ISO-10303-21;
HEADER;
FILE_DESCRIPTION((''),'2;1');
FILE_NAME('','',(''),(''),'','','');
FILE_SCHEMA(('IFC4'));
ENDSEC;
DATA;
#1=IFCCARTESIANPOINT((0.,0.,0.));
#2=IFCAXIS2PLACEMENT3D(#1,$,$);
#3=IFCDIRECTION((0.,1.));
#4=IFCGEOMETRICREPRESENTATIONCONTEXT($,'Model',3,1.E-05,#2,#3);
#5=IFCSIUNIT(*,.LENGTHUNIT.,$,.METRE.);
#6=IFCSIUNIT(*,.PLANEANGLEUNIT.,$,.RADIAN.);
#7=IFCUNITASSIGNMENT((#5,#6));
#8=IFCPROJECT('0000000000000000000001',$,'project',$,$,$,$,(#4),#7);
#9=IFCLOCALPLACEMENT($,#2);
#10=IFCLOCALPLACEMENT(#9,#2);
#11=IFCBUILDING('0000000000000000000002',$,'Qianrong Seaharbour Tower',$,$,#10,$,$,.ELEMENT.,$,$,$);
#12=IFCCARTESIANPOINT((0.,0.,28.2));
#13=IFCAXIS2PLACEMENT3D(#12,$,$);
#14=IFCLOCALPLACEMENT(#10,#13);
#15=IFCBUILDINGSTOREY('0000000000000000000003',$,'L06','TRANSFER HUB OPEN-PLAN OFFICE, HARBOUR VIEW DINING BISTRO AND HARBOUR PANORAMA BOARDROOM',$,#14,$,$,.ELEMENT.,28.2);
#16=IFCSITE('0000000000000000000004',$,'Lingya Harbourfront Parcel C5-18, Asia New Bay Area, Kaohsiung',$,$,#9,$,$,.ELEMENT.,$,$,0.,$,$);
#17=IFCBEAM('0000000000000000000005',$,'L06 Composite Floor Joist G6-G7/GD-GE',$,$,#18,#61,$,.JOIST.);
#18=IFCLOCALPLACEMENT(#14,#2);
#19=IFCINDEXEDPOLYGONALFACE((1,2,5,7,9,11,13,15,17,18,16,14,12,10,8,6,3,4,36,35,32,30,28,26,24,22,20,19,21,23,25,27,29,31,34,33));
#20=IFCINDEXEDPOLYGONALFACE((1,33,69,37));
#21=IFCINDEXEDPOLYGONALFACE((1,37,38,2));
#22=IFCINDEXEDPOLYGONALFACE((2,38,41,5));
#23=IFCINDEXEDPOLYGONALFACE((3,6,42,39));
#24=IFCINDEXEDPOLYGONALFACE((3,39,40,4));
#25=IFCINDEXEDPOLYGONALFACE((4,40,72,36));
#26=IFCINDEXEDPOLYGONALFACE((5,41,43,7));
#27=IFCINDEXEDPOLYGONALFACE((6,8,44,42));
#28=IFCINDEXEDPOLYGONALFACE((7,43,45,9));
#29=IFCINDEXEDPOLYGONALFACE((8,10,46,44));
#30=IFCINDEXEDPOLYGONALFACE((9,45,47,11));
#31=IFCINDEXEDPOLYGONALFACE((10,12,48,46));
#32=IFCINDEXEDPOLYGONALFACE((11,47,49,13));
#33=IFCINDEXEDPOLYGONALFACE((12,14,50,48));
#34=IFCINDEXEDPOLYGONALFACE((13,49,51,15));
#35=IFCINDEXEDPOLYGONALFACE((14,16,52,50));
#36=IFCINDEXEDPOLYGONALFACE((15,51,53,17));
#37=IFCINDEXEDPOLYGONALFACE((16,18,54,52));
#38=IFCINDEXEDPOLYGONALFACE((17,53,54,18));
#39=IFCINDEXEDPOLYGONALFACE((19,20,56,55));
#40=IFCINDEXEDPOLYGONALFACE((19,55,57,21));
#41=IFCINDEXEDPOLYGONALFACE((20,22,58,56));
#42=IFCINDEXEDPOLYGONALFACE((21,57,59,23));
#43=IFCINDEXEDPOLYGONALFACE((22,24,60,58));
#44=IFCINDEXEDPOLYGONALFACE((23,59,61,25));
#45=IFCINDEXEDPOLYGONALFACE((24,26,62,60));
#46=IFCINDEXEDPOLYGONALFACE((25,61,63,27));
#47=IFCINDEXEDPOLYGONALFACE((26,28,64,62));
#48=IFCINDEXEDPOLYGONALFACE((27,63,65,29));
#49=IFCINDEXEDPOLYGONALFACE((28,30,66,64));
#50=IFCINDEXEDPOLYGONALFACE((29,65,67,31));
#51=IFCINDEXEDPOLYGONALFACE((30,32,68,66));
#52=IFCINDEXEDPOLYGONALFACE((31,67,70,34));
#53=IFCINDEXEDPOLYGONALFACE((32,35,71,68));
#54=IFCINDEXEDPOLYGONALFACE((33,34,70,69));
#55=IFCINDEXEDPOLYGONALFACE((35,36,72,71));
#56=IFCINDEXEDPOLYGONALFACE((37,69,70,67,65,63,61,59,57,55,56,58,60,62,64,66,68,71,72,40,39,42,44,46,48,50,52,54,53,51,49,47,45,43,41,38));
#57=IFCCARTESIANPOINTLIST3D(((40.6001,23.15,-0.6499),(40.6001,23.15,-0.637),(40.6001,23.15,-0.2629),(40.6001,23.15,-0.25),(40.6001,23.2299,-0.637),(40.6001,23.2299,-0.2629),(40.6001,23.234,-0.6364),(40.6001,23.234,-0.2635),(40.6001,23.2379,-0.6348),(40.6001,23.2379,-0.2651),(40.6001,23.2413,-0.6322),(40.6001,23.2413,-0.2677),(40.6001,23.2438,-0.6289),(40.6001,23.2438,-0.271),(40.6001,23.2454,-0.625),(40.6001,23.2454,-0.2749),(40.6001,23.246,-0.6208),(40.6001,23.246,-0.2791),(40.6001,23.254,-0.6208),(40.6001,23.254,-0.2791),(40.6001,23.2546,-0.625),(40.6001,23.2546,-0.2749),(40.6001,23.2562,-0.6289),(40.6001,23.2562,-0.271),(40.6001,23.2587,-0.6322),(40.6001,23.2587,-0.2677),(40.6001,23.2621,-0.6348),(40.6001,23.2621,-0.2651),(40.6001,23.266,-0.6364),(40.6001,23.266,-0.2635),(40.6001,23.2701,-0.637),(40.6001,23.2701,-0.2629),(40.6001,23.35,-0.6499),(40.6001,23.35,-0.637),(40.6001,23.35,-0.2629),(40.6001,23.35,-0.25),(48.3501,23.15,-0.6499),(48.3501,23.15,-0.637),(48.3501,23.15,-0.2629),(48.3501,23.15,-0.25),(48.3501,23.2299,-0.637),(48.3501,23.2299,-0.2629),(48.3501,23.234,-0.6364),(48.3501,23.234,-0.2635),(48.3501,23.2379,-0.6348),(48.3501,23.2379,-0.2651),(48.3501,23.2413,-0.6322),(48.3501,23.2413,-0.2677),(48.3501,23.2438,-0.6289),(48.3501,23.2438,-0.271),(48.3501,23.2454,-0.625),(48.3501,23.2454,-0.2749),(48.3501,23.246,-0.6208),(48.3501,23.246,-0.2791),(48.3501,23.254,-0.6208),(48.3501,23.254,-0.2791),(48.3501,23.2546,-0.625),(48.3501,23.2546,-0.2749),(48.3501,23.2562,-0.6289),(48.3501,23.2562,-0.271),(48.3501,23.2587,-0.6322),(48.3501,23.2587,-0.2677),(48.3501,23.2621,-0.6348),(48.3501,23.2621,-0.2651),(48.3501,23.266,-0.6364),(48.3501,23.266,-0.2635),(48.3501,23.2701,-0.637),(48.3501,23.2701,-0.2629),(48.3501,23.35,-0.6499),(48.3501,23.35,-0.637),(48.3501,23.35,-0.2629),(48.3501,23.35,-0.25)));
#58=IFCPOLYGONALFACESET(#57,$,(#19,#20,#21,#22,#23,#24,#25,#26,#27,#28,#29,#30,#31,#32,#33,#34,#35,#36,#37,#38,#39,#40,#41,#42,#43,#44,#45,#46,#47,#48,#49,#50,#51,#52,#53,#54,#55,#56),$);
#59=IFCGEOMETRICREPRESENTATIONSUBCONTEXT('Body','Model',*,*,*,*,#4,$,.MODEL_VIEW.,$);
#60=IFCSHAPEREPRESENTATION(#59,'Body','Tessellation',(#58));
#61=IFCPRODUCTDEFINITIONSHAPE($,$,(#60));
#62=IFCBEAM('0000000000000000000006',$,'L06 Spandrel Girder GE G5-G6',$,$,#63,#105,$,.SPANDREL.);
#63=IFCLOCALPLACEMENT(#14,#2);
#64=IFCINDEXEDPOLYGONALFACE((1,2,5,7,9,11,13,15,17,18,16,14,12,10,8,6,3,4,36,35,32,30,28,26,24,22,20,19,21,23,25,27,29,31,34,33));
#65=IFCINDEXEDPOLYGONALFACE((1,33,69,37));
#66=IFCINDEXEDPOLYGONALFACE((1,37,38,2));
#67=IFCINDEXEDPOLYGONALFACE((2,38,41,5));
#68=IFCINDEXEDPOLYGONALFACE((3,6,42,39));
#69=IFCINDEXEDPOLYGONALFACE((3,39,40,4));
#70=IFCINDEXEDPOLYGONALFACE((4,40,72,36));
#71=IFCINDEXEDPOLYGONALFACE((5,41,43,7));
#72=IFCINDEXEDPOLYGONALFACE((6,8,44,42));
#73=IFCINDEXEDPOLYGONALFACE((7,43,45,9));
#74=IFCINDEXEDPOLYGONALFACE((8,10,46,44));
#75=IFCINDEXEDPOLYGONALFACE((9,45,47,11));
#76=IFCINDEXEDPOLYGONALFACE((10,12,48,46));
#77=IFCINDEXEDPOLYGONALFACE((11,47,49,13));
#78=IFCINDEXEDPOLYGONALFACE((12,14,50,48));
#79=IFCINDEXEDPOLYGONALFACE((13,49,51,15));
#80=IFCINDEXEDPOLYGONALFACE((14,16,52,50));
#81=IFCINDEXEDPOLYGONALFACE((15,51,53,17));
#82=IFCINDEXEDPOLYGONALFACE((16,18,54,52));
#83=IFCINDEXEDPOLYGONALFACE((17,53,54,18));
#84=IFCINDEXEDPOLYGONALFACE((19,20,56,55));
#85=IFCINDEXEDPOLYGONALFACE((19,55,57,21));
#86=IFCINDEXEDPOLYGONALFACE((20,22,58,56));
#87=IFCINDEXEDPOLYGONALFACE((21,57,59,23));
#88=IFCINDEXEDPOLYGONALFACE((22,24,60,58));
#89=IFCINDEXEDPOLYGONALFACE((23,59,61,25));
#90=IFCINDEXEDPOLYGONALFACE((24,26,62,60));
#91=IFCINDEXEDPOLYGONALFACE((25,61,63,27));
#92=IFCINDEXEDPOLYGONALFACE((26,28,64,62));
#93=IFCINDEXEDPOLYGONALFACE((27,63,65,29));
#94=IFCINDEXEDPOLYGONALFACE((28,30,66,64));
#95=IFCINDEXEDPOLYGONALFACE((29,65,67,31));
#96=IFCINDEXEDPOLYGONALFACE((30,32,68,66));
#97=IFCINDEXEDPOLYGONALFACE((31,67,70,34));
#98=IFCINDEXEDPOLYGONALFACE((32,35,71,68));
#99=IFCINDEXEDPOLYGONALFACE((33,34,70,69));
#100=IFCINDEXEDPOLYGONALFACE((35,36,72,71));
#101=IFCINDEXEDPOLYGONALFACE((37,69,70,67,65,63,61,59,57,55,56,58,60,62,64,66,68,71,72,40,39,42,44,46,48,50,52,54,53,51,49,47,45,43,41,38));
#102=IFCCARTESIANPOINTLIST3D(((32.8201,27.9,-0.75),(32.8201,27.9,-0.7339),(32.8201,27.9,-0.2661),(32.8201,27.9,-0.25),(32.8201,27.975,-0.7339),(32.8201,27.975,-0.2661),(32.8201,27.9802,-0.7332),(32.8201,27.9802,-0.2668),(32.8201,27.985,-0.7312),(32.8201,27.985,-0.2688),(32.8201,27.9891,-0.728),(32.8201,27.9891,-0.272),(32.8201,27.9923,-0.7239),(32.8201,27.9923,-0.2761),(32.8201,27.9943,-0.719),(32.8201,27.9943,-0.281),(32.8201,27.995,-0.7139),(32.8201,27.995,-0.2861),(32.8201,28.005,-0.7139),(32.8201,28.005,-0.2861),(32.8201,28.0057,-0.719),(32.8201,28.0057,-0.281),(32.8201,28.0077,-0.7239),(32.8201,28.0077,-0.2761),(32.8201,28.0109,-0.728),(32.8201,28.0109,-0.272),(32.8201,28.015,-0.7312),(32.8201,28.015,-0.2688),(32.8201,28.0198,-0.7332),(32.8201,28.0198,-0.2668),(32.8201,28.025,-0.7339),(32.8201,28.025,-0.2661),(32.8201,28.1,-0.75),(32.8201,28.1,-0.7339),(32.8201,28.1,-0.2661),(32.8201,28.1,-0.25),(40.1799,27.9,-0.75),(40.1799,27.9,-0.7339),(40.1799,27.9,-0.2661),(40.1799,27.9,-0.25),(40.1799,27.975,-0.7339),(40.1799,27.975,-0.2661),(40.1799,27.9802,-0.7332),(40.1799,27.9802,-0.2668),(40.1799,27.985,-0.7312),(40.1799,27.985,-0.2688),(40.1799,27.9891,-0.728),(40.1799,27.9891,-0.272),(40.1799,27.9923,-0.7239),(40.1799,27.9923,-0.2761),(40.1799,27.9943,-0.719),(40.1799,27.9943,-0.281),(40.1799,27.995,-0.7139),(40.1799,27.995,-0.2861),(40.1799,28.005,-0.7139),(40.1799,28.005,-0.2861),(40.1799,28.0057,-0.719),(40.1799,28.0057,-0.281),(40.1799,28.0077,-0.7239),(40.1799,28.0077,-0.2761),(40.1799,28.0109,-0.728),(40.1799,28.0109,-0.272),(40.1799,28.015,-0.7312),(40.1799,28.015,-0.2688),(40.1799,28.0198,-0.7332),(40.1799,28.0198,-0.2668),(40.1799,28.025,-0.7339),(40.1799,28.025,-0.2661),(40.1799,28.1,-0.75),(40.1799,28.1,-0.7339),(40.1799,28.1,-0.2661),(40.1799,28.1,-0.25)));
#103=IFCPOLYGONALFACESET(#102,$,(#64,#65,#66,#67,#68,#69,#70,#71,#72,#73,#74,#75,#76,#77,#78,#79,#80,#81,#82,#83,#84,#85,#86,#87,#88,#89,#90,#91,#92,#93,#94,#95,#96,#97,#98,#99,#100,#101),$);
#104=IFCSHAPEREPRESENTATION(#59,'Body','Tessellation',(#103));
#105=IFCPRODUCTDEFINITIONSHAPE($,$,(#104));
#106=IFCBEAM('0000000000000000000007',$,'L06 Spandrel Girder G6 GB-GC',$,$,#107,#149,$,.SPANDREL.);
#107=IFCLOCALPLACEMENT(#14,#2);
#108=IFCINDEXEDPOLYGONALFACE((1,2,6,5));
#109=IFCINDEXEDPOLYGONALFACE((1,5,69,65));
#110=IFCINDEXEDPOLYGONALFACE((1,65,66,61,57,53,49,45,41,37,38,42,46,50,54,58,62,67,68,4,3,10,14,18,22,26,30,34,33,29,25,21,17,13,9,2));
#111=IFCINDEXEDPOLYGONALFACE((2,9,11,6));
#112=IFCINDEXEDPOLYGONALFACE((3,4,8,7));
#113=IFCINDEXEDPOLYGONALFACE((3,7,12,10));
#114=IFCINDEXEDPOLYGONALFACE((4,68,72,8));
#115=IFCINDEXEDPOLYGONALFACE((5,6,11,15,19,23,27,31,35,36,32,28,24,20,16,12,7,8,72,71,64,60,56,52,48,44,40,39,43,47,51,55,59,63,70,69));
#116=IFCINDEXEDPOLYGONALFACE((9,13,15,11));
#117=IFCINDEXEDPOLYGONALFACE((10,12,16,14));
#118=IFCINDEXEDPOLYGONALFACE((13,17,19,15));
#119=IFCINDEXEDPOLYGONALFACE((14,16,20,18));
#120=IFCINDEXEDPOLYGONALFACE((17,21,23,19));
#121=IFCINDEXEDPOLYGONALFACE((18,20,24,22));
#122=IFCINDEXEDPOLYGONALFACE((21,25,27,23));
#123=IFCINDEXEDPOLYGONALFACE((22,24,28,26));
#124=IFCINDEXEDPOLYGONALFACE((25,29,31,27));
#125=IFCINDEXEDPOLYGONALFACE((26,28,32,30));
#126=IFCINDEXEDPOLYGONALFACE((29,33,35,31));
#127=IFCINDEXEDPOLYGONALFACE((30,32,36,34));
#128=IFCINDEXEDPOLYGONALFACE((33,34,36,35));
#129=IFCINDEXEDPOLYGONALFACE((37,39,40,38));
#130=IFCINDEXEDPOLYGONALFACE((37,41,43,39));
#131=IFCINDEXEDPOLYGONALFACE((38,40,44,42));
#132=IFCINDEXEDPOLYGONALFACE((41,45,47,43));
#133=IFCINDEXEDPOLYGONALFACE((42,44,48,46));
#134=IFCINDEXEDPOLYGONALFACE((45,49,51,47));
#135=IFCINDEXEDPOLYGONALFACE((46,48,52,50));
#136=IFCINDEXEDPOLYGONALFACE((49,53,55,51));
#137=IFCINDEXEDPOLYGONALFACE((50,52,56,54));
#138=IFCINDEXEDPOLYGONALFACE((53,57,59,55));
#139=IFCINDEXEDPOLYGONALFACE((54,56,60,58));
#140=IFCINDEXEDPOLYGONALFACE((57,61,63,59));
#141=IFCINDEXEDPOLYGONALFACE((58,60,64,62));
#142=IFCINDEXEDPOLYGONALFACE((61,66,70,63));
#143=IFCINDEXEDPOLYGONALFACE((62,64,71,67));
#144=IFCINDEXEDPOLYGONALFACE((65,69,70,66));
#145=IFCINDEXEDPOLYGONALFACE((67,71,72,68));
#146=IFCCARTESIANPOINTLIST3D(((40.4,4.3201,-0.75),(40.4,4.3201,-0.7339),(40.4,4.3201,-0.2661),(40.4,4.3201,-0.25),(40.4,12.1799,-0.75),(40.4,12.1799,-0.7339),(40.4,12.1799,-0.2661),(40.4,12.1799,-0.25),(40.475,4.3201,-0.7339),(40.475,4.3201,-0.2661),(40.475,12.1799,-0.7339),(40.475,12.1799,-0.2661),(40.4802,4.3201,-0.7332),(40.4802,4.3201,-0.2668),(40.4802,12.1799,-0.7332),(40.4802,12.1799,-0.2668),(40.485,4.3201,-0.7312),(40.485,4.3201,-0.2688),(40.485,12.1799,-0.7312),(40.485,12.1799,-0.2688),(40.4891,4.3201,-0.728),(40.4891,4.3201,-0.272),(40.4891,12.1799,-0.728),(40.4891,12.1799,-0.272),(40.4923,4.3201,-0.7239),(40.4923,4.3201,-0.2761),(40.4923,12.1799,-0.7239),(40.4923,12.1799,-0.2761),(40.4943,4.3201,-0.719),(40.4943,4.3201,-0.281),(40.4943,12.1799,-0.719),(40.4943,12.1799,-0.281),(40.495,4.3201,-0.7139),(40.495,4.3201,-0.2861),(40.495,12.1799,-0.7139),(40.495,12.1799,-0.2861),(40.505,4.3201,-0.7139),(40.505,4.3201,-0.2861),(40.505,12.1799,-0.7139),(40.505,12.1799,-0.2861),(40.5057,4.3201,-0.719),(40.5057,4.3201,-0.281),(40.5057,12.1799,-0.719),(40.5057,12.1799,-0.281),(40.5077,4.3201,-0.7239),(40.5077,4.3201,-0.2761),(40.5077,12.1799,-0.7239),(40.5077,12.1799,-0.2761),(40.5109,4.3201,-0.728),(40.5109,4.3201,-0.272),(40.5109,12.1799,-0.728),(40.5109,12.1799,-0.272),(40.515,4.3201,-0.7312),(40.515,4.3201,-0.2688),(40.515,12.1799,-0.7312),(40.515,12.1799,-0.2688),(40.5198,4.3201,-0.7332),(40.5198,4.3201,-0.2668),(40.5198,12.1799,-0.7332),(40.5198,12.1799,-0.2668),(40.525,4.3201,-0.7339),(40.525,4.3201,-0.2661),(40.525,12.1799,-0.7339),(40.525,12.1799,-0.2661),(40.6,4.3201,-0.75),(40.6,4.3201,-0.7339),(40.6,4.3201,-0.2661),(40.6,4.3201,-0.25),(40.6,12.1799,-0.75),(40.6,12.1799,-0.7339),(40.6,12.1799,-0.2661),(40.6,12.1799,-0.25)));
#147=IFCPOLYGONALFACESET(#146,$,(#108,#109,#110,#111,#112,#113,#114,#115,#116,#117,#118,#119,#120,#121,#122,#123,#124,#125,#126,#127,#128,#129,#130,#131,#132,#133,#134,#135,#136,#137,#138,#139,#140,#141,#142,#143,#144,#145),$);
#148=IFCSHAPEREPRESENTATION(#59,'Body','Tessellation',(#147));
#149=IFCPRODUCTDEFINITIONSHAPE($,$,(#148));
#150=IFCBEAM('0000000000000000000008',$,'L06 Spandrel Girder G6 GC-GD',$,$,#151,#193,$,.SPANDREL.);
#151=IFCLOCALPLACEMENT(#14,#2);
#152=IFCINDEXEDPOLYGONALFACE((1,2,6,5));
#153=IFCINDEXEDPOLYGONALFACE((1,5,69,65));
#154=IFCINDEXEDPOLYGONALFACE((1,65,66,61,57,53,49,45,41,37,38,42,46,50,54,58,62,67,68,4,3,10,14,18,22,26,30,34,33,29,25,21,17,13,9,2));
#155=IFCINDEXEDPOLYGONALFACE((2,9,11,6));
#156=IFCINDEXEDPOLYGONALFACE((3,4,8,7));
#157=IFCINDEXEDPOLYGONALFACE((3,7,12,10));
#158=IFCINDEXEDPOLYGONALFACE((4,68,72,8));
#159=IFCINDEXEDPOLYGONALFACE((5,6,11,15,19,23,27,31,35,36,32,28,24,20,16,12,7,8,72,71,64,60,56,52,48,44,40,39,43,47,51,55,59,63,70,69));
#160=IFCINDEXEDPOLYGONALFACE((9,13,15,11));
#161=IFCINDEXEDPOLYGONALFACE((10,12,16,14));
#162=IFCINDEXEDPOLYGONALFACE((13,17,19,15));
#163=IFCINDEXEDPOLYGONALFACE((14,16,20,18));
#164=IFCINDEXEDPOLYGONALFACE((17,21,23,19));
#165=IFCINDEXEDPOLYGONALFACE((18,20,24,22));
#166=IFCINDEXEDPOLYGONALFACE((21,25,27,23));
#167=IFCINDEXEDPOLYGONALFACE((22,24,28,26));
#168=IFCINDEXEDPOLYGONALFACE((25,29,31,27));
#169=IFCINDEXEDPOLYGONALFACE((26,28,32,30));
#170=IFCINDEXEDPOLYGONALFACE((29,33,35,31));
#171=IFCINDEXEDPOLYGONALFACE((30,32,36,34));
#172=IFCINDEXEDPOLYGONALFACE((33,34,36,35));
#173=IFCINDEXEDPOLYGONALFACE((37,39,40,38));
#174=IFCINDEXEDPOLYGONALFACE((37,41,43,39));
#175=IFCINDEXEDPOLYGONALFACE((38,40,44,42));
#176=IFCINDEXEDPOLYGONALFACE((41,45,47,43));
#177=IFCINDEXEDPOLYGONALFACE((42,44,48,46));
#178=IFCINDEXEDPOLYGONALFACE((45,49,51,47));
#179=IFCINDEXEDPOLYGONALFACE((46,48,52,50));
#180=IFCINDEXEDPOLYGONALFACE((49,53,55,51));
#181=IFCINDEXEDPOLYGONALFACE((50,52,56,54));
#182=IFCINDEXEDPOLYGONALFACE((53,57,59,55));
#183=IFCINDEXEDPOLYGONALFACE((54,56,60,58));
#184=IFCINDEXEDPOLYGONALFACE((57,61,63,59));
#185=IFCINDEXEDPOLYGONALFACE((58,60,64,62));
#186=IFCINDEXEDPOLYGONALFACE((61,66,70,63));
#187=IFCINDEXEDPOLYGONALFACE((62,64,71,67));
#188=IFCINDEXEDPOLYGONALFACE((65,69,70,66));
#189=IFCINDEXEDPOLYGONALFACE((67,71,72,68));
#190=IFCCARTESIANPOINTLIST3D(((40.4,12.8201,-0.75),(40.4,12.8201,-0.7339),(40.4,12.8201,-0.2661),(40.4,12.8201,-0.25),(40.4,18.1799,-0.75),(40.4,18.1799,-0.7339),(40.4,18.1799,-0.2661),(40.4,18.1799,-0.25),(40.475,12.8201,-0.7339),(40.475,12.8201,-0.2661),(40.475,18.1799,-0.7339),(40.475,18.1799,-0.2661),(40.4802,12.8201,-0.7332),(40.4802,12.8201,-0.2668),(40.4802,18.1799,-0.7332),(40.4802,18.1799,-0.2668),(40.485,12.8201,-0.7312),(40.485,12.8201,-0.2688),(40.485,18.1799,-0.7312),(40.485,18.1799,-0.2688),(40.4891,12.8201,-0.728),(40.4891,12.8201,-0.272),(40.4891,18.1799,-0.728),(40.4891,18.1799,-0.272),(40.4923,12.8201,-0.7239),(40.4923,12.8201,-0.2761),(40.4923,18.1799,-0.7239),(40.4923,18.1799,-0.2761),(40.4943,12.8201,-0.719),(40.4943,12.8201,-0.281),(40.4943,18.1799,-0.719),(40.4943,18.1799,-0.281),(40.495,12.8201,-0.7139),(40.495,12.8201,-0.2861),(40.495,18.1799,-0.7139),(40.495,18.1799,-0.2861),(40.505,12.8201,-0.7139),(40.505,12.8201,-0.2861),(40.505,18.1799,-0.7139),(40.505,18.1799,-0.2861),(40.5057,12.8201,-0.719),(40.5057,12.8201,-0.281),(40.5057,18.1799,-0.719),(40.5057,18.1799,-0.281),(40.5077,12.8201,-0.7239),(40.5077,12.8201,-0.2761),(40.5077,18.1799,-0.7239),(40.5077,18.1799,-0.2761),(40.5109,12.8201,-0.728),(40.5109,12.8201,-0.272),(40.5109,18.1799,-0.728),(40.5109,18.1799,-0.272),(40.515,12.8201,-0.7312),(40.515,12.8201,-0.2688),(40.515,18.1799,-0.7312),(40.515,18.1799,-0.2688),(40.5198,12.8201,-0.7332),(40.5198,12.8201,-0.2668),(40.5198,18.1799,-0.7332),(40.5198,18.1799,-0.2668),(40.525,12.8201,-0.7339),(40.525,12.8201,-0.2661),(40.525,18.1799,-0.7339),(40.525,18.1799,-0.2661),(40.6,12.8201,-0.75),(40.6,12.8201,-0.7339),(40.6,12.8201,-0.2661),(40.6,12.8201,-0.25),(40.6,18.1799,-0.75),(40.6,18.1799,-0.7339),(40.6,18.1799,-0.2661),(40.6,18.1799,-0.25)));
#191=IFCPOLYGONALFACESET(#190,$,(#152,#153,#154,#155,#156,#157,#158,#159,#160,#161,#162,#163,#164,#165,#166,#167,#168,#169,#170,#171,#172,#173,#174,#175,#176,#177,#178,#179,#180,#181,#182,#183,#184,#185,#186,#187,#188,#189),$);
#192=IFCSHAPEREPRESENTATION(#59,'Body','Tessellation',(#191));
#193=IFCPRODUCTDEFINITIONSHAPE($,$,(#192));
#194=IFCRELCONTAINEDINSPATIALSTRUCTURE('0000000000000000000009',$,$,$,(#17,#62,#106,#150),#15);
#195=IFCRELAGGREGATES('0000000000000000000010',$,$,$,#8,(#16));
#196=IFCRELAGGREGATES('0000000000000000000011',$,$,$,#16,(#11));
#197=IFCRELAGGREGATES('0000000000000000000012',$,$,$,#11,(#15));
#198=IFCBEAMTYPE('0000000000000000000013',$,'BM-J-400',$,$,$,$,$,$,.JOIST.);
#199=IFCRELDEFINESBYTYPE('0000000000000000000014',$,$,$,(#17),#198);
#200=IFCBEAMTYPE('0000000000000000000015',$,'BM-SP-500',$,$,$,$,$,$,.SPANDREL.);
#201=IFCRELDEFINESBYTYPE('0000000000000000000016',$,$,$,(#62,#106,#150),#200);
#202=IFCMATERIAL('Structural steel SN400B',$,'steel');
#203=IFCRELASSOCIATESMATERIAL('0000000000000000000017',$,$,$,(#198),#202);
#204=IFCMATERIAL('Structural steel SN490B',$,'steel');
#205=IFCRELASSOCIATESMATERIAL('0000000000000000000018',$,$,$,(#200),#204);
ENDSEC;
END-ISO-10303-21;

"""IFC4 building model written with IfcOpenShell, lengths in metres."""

from ifc_helpers import new_model, si_unit, direction, frame, origin, origin_2d, place, context, subcontext, project, spatial, i_section, extrude, material, material_profile, profile_set, type_object, element, save


model = new_model("IFC4")

# Units and contexts
model_context = context("Model", 3, precision=1e-05, world=origin(), true_north=direction((0.0, 1.0)))
body_context = subcontext(model_context, "Body", "Model", "MODEL_VIEW")
ifc_project = project(units=[si_unit("LENGTHUNIT", "METRE"), si_unit("PLANEANGLEUNIT", "RADIAN")], contexts=[model_context])

# Site, building, storey
site_placement = place(None, origin())
site = spatial("IfcSite", under=ifc_project, at=site_placement, Name="Lingya Harbourfront Parcel C5-18, Asia New Bay Area, Kaohsiung", CompositionType="ELEMENT", RefElevation=0.0)
building_placement = place(site_placement, origin())
building = spatial("IfcBuilding", under=site, at=building_placement, Name="Qianrong Seaharbour Tower", CompositionType="ELEMENT")
storey_placement = place(building_placement, frame((0.0, 0.0, 28.2)))
storey = spatial("IfcBuildingStorey", under=building, at=storey_placement, Name="L06", Description="TRANSFER HUB OPEN-PLAN OFFICE, HARBOUR VIEW DINING BISTRO AND HARBOUR PANORAMA BOARDROOM", CompositionType="ELEMENT", Elevation=28.2)

# Shared definitions
ifc_material_1 = material(Name="Structural steel SN490B", Category="steel")

# Beams
ifc_material_2 = material(Name="Structural steel SN400B", Category="steel")
ifc_material_profile_1 = material_profile(ifc_material_2, i_section(OverallWidth=0.2, OverallDepth=0.3999, WebThickness=0.0081, FlangeThickness=0.0129, FilletRadius=0.0161, at=origin_2d()), Name="H400x200x8x13")
ifc_profile_set_1 = profile_set([ifc_material_profile_1], Name="Structural steel SN400B")
beam_type_1 = type_object("IfcBeamType", Name="BM-J-400", PredefinedType="JOIST", material=ifc_profile_set_1)
for number, where, z_axis, x_axis, name in (
    (1, (40.6001, 23.25, -0.45), (1.0, 0.0, 0.0), (0.0, 1.0, 0.0), "L06 Composite Floor Joist G6-G7/GD-GE"),
):
    element("IfcBeam", number, at=place(storey_placement, frame(where, z_axis=z_axis, x_axis=x_axis)), inside=storey, type_object=beam_type_1, Name=name, PredefinedType="JOIST", context=body_context, shape_type="SweptSolid", body=[
        extrude(i_section(OverallWidth=0.2, OverallDepth=0.3999, WebThickness=0.0081, FlangeThickness=0.0129, FilletRadius=0.0161, at=origin_2d()), origin(), (0.0, 0.0, 1.0), 7.75),
    ])
ifc_material_profile_2 = material_profile(ifc_material_1, i_section(OverallWidth=0.2, OverallDepth=0.5, WebThickness=0.01, FlangeThickness=0.0161, FilletRadius=0.02, at=origin_2d()), Name="H500x200x10x16")
ifc_profile_set_2 = profile_set([ifc_material_profile_2], Name="Structural steel SN490B")
beam_type_2 = type_object("IfcBeamType", Name="BM-SP-500", PredefinedType="SPANDREL", material=ifc_profile_set_2)
beam_1_placement = place(storey_placement, frame((32.8201, 28.0, -0.5), z_axis=(1.0, 0.0, 0.0), x_axis=(0.0, 1.0, 0.0)))
element("IfcBeam", 2, at=beam_1_placement, inside=storey, type_object=beam_type_2, Name="L06 Spandrel Girder GE G5-G6", PredefinedType="SPANDREL", context=body_context, shape_type="SweptSolid", body=[
    extrude(i_section(OverallWidth=0.2, OverallDepth=0.5, WebThickness=0.01, FlangeThickness=0.0161, FilletRadius=0.02, at=origin_2d()), origin(), (0.0, 0.0, 1.0), 7.3599),
])
beam_2_placement = place(storey_placement, frame((40.5, 4.3201, -0.5), z_axis=(0.0, 1.0, 0.0), x_axis=(-1.0, 0.0, 0.0)))
element("IfcBeam", 3, at=beam_2_placement, inside=storey, type_object=beam_type_2, Name="L06 Spandrel Girder G6 GB-GC", PredefinedType="SPANDREL", context=body_context, shape_type="SweptSolid", body=[
    extrude(i_section(OverallWidth=0.2, OverallDepth=0.5, WebThickness=0.01, FlangeThickness=0.0161, FilletRadius=0.02, at=origin_2d()), origin(), (0.0, 0.0, 1.0), 7.8599),
])
beam_3_placement = place(storey_placement, frame((40.5, 12.8201, -0.5), z_axis=(0.0, 1.0, 0.0), x_axis=(-1.0, 0.0, 0.0)))
element("IfcBeam", 4, at=beam_3_placement, inside=storey, type_object=beam_type_2, Name="L06 Spandrel Girder G6 GC-GD", PredefinedType="SPANDREL", context=body_context, shape_type="SweptSolid", body=[
    extrude(i_section(OverallWidth=0.2, OverallDepth=0.5, WebThickness=0.01, FlangeThickness=0.0161, FilletRadius=0.02, at=origin_2d()), origin(), (0.0, 0.0, 1.0), 5.3599),
])

save(model, "model.ifc")
